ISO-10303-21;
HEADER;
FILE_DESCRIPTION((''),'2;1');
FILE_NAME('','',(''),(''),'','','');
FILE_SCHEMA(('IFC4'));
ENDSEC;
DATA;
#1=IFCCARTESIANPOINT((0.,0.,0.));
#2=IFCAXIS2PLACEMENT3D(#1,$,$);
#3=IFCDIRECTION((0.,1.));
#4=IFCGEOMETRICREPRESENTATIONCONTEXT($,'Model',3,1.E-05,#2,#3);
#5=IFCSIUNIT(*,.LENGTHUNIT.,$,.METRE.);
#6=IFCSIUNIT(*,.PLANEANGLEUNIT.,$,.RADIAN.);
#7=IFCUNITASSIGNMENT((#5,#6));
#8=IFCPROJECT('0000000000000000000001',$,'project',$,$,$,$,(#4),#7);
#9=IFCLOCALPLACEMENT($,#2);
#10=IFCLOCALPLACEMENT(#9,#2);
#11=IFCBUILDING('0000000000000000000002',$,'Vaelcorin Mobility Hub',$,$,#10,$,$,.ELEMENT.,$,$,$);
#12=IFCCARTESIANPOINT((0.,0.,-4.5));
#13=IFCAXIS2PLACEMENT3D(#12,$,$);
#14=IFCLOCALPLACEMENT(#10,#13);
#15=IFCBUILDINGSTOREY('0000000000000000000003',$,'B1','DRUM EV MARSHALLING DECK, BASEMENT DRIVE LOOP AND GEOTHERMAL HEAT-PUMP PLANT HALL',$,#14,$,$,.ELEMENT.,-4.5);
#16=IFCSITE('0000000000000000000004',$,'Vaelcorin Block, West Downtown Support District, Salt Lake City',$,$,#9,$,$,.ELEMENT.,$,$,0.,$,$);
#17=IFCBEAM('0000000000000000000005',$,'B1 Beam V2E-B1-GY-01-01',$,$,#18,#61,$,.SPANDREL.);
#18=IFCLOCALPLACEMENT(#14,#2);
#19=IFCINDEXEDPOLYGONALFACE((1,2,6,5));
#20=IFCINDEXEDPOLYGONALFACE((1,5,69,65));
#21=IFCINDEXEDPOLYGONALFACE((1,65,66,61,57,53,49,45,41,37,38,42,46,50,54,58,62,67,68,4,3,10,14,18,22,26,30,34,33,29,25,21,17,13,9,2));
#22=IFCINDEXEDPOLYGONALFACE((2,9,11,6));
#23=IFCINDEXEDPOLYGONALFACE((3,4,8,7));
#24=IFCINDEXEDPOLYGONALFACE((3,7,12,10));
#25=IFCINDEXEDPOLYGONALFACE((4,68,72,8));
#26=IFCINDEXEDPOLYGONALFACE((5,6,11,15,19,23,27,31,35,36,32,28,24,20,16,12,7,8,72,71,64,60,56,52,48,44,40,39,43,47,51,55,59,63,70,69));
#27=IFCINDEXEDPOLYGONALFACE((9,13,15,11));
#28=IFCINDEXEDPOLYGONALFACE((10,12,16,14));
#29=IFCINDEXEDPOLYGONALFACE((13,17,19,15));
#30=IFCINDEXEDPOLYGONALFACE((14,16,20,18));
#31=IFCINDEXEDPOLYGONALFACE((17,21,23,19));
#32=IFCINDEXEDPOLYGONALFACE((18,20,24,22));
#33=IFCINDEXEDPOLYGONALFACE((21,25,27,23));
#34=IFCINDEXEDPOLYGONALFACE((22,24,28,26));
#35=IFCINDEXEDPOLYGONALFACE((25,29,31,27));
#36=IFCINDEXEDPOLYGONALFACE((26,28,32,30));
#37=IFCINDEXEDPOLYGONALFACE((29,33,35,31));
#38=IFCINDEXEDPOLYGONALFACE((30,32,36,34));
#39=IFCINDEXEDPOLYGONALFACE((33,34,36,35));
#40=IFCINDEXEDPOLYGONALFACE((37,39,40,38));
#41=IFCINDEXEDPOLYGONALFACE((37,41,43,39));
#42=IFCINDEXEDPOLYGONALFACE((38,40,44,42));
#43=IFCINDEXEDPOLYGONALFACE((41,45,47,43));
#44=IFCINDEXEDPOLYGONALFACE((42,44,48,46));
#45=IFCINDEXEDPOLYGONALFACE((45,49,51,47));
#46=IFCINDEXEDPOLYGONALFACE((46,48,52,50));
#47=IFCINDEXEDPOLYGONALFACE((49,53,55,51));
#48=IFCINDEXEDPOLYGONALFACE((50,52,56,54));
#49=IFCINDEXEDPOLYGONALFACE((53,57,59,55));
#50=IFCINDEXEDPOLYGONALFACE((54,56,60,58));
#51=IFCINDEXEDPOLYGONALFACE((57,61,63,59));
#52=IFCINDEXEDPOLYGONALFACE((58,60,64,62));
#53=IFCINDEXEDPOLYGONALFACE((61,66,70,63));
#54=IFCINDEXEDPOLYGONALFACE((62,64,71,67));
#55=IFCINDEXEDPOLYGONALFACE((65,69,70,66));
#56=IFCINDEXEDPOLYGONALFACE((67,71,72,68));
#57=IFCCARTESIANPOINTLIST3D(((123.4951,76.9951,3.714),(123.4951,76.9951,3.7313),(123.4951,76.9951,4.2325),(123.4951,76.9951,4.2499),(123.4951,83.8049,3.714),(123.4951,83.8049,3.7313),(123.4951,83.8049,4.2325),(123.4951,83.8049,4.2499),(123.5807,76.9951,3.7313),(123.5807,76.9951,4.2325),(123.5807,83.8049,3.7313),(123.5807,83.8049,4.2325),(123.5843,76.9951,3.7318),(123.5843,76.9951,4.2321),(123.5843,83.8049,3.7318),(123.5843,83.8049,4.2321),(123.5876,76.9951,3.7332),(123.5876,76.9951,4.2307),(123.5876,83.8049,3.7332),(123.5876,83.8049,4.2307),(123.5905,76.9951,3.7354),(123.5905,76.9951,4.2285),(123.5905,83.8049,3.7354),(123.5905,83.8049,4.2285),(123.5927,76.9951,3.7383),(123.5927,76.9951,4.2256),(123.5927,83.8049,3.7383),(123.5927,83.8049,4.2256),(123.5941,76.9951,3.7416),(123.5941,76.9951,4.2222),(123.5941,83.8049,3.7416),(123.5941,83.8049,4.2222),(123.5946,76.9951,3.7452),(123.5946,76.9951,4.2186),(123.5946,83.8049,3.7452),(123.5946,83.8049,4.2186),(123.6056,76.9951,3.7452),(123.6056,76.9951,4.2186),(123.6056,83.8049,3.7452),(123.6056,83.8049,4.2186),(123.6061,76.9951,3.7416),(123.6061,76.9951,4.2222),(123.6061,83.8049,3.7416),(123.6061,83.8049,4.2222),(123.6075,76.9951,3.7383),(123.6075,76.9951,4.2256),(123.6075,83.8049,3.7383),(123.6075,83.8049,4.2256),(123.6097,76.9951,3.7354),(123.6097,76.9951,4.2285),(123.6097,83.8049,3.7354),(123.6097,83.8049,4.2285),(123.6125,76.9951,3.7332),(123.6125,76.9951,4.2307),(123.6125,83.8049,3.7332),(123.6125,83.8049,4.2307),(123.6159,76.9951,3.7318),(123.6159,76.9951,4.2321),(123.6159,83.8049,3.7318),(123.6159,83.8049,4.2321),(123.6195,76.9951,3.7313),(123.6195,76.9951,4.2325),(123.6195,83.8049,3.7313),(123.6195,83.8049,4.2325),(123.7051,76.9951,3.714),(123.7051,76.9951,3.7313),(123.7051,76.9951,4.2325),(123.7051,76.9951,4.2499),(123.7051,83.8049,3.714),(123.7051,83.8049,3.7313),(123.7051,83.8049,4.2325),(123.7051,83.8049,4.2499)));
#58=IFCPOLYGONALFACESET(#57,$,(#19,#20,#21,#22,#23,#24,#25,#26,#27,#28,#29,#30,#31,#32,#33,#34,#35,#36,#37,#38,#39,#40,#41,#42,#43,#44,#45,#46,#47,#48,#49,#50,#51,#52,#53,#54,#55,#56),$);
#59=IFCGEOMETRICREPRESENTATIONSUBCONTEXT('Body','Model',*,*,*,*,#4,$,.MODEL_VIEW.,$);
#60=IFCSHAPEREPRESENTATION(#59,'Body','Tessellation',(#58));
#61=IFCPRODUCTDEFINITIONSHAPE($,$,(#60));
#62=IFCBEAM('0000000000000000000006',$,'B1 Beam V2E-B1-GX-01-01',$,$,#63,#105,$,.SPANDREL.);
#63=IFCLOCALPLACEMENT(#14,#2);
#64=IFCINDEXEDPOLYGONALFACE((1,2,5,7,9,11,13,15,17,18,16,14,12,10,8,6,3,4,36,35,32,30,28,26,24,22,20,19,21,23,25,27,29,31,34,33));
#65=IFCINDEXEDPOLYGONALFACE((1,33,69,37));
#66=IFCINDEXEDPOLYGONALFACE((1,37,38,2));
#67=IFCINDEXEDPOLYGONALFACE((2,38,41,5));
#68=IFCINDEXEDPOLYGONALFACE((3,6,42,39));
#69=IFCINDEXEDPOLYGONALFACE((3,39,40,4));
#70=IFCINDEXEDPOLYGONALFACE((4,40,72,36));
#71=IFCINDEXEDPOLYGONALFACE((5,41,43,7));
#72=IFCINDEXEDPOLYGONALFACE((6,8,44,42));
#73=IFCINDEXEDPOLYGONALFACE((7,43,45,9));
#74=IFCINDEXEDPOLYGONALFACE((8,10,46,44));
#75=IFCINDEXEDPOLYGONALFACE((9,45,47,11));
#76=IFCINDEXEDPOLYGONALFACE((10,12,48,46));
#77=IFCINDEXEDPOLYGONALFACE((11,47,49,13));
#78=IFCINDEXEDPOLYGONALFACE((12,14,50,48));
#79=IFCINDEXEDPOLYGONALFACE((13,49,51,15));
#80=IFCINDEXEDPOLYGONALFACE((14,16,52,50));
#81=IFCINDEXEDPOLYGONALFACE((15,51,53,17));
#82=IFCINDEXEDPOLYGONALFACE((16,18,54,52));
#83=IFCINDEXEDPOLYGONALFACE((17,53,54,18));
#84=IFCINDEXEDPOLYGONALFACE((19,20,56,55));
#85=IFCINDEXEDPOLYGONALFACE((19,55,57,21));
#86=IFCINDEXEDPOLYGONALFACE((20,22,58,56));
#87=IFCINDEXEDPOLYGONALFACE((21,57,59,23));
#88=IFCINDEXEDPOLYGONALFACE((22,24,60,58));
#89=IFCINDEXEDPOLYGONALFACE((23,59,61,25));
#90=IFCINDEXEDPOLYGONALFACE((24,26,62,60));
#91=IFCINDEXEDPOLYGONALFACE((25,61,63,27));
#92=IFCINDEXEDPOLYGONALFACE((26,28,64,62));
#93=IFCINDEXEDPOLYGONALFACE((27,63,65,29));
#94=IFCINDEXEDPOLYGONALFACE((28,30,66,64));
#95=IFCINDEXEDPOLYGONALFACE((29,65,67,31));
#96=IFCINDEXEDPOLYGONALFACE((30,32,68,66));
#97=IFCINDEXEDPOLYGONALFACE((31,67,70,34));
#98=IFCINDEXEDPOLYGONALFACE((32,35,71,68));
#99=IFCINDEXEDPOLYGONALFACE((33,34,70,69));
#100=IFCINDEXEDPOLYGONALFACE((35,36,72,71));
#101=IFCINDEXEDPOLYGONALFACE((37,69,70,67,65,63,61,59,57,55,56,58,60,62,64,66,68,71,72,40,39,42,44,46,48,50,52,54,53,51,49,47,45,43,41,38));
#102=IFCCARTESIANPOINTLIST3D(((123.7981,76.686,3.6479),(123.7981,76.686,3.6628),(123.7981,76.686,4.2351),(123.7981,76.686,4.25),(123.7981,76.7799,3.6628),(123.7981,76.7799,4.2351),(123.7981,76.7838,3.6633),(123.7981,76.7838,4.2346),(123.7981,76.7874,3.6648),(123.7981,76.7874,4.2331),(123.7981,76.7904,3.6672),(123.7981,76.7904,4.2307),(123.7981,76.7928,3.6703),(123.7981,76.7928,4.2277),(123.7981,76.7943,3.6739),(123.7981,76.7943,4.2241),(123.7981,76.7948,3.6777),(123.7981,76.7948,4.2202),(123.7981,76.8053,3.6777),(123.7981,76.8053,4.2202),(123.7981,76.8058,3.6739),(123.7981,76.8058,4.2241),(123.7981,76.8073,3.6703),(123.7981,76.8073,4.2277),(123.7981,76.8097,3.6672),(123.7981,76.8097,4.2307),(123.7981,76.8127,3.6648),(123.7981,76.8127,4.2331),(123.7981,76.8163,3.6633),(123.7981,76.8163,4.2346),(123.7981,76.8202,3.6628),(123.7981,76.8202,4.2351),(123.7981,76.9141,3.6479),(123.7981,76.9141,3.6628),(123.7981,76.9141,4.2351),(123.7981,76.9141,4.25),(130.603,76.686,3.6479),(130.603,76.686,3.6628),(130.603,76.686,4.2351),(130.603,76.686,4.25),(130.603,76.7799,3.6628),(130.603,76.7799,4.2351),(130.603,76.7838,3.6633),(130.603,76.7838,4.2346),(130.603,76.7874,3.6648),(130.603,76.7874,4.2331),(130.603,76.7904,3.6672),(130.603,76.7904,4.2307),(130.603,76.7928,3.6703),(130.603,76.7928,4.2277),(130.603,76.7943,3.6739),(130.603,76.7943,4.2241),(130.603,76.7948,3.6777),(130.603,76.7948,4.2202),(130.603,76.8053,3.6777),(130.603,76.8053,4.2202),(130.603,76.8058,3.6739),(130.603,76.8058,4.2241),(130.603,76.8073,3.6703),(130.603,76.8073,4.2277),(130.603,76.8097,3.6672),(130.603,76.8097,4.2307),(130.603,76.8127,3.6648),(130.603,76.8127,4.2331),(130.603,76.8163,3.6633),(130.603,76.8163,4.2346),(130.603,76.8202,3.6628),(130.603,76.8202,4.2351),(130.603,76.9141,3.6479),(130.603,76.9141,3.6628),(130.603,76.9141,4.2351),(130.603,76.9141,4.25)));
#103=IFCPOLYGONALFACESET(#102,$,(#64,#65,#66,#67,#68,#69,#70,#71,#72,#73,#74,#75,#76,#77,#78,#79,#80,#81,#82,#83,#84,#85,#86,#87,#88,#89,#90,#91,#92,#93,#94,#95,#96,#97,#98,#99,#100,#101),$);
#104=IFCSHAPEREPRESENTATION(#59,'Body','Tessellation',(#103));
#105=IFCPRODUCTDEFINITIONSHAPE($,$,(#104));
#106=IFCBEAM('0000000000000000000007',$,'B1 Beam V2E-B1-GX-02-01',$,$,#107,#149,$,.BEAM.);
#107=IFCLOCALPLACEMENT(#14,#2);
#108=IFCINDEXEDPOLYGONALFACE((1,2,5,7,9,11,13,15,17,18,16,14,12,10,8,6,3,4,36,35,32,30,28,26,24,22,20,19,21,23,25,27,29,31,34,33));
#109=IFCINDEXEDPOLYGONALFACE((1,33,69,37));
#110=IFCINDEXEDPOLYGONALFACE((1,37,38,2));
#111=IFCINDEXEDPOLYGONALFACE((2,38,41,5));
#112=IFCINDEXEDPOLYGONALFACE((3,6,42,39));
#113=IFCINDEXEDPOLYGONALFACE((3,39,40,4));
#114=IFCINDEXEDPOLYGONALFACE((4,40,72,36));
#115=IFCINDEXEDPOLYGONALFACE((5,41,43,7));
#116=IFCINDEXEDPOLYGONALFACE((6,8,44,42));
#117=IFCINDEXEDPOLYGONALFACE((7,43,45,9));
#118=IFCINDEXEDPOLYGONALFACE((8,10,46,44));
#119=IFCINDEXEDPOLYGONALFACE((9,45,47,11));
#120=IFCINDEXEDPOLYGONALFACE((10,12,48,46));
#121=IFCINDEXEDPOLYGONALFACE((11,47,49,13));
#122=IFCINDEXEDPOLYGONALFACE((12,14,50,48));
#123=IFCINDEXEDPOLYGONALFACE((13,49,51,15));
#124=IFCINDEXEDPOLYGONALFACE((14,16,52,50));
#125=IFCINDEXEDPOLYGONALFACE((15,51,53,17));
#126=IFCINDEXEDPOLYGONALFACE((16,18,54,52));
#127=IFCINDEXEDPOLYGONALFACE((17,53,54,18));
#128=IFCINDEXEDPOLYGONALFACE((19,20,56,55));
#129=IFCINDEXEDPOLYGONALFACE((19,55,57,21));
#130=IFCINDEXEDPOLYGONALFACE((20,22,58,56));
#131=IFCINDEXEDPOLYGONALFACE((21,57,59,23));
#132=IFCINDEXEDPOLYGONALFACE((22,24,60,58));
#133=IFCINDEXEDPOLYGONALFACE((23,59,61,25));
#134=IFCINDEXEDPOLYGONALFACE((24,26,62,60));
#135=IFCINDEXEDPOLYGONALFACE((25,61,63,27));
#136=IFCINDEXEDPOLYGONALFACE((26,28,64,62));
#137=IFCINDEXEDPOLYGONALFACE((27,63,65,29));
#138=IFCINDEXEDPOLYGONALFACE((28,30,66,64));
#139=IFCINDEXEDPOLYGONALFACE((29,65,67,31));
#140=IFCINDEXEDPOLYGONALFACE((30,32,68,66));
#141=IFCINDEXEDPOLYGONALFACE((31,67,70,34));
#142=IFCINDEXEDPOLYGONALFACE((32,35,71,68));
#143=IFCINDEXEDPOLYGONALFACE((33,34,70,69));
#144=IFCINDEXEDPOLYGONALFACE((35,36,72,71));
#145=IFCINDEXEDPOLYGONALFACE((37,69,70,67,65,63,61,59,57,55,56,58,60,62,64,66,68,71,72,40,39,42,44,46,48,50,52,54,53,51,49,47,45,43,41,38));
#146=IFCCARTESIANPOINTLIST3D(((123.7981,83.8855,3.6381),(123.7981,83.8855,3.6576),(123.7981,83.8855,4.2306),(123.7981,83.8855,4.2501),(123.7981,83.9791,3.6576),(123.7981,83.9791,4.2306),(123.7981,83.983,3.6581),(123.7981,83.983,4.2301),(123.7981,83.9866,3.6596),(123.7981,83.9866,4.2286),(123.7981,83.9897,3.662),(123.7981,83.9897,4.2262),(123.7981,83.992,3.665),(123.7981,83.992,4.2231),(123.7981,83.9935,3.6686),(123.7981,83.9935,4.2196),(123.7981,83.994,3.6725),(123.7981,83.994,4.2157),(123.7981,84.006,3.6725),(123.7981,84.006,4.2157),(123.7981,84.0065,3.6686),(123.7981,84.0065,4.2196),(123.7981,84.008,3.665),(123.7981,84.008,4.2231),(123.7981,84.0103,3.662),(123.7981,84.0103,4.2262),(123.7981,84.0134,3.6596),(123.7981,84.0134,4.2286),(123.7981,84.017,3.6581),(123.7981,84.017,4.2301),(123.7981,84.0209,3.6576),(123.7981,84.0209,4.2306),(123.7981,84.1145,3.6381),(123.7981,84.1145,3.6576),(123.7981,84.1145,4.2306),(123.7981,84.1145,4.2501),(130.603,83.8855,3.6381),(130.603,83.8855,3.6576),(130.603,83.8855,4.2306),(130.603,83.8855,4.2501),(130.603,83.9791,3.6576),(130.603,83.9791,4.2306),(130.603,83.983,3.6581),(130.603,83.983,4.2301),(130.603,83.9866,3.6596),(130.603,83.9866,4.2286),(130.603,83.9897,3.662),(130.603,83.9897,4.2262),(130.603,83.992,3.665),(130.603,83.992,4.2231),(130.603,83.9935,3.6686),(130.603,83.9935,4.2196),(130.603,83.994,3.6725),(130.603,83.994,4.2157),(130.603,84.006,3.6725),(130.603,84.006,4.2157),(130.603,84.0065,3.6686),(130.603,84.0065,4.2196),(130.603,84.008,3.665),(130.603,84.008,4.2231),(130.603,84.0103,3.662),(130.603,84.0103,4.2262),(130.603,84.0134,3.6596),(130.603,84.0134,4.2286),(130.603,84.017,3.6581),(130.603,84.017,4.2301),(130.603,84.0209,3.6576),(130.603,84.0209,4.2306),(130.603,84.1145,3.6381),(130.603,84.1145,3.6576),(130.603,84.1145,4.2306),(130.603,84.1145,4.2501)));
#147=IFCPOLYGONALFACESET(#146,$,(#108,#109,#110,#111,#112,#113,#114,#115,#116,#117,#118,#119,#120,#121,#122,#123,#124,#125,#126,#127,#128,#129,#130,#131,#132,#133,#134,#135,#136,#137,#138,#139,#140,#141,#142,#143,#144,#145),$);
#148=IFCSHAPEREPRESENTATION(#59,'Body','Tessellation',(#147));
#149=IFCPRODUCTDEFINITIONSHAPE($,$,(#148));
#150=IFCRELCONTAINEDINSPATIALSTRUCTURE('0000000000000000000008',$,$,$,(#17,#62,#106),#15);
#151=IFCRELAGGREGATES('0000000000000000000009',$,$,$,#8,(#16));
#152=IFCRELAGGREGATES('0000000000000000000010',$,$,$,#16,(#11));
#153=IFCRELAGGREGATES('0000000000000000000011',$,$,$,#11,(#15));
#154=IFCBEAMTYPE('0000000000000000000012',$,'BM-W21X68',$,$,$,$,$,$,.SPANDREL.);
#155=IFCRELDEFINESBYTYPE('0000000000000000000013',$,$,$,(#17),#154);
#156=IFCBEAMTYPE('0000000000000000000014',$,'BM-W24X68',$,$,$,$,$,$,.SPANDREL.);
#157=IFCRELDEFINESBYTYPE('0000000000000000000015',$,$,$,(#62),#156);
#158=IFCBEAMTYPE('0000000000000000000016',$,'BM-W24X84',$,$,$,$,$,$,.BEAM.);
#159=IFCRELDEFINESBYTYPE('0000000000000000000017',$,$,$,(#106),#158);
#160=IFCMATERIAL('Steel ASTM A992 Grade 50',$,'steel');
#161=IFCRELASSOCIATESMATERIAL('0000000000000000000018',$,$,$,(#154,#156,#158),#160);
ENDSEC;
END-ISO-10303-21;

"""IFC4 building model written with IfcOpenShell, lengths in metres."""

from ifc_helpers import new_model, si_unit, direction, frame, origin, origin_2d, place, context, subcontext, project, spatial, i_section, extrude, material, material_profile, profile_set, type_object, element, save


model = new_model("IFC4")

# Units and contexts
model_context = context("Model", 3, precision=1e-05, world=origin(), true_north=direction((0.0, 1.0)))
body_context = subcontext(model_context, "Body", "Model", "MODEL_VIEW")
ifc_project = project(units=[si_unit("LENGTHUNIT", "METRE"), si_unit("PLANEANGLEUNIT", "RADIAN")], contexts=[model_context])

# Site, building, storey
site_placement = place(None, origin())
site = spatial("IfcSite", under=ifc_project, at=site_placement, Name="Vaelcorin Block, West Downtown Support District, Salt Lake City", CompositionType="ELEMENT", RefElevation=0.0)
building_placement = place(site_placement, origin())
building = spatial("IfcBuilding", under=site, at=building_placement, Name="Vaelcorin Mobility Hub", CompositionType="ELEMENT")
storey_placement = place(building_placement, frame((0.0, 0.0, -4.5)))
storey = spatial("IfcBuildingStorey", under=building, at=storey_placement, Name="B1", Description="DRUM EV MARSHALLING DECK, BASEMENT DRIVE LOOP AND GEOTHERMAL HEAT-PUMP PLANT HALL", CompositionType="ELEMENT", Elevation=-4.5)

# Shared definitions
ifc_material_1 = material(Name="Steel ASTM A992 Grade 50", Category="steel")

# Beams
ifc_material_profile_1 = material_profile(ifc_material_1, i_section(OverallWidth=0.21, OverallDepth=0.5359, WebThickness=0.011, FlangeThickness=0.0173, FilletRadius=0.0139, at=origin_2d()), Name="W21X68")
ifc_profile_set_1 = profile_set([ifc_material_profile_1], Name="Steel ASTM A992 Grade 50")
beam_type_1 = type_object("IfcBeamType", Name="BM-W21X68", PredefinedType="SPANDREL", material=ifc_profile_set_1)
beam_1_placement = place(storey_placement, frame((123.6001, 76.9951, 3.9819), z_axis=(0.0, 1.0, 0.0), x_axis=(-1.0, 0.0, 0.0)))
element("IfcBeam", 1, at=beam_1_placement, inside=storey, type_object=beam_type_1, Name="B1 Beam V2E-B1-GY-01-01", PredefinedType="SPANDREL", context=body_context, shape_type="SweptSolid", body=[
    extrude(i_section(OverallWidth=0.21, OverallDepth=0.5359, WebThickness=0.011, FlangeThickness=0.0173, FilletRadius=0.0139, at=origin_2d()), origin(), (0.0, 0.0, 1.0), 6.8098),
])
ifc_material_profile_2 = material_profile(ifc_material_1, i_section(OverallWidth=0.228, OverallDepth=0.6021, WebThickness=0.0105, FlangeThickness=0.0149, FilletRadius=0.0149, at=origin_2d()), Name="W24X68")
ifc_profile_set_2 = profile_set([ifc_material_profile_2], Name="Steel ASTM A992 Grade 50")
beam_type_2 = type_object("IfcBeamType", Name="BM-W24X68", PredefinedType="SPANDREL", material=ifc_profile_set_2)
beam_2_placement = place(storey_placement, frame((123.7981, 76.8, 3.949), z_axis=(1.0, 0.0, 0.0), x_axis=(0.0, 1.0, 0.0)))
element("IfcBeam", 2, at=beam_2_placement, inside=storey, type_object=beam_type_2, Name="B1 Beam V2E-B1-GX-01-01", PredefinedType="SPANDREL", context=body_context, shape_type="SweptSolid", body=[
    extrude(i_section(OverallWidth=0.228, OverallDepth=0.6021, WebThickness=0.0105, FlangeThickness=0.0149, FilletRadius=0.0149, at=origin_2d()), origin(), (0.0, 0.0, 1.0), 6.8049),
])
ifc_material_profile_3 = material_profile(ifc_material_1, i_section(OverallWidth=0.229, OverallDepth=0.6121, WebThickness=0.012, FlangeThickness=0.0195, FilletRadius=0.0149, at=origin_2d()), Name="W24X84")
ifc_profile_set_3 = profile_set([ifc_material_profile_3], Name="Steel ASTM A992 Grade 50")
beam_type_3 = type_object("IfcBeamType", Name="BM-W24X84", PredefinedType="BEAM", material=ifc_profile_set_3)
beam_3_placement = place(storey_placement, frame((123.7981, 84.0, 3.9441), z_axis=(1.0, 0.0, 0.0), x_axis=(0.0, 1.0, 0.0)))
element("IfcBeam", 3, at=beam_3_placement, inside=storey, type_object=beam_type_3, Name="B1 Beam V2E-B1-GX-02-01", PredefinedType="BEAM", context=body_context, shape_type="SweptSolid", body=[
    extrude(i_section(OverallWidth=0.229, OverallDepth=0.6121, WebThickness=0.012, FlangeThickness=0.0195, FilletRadius=0.0149, at=origin_2d()), origin(), (0.0, 0.0, 1.0), 6.8049),
])

save(model, "model.ifc")
